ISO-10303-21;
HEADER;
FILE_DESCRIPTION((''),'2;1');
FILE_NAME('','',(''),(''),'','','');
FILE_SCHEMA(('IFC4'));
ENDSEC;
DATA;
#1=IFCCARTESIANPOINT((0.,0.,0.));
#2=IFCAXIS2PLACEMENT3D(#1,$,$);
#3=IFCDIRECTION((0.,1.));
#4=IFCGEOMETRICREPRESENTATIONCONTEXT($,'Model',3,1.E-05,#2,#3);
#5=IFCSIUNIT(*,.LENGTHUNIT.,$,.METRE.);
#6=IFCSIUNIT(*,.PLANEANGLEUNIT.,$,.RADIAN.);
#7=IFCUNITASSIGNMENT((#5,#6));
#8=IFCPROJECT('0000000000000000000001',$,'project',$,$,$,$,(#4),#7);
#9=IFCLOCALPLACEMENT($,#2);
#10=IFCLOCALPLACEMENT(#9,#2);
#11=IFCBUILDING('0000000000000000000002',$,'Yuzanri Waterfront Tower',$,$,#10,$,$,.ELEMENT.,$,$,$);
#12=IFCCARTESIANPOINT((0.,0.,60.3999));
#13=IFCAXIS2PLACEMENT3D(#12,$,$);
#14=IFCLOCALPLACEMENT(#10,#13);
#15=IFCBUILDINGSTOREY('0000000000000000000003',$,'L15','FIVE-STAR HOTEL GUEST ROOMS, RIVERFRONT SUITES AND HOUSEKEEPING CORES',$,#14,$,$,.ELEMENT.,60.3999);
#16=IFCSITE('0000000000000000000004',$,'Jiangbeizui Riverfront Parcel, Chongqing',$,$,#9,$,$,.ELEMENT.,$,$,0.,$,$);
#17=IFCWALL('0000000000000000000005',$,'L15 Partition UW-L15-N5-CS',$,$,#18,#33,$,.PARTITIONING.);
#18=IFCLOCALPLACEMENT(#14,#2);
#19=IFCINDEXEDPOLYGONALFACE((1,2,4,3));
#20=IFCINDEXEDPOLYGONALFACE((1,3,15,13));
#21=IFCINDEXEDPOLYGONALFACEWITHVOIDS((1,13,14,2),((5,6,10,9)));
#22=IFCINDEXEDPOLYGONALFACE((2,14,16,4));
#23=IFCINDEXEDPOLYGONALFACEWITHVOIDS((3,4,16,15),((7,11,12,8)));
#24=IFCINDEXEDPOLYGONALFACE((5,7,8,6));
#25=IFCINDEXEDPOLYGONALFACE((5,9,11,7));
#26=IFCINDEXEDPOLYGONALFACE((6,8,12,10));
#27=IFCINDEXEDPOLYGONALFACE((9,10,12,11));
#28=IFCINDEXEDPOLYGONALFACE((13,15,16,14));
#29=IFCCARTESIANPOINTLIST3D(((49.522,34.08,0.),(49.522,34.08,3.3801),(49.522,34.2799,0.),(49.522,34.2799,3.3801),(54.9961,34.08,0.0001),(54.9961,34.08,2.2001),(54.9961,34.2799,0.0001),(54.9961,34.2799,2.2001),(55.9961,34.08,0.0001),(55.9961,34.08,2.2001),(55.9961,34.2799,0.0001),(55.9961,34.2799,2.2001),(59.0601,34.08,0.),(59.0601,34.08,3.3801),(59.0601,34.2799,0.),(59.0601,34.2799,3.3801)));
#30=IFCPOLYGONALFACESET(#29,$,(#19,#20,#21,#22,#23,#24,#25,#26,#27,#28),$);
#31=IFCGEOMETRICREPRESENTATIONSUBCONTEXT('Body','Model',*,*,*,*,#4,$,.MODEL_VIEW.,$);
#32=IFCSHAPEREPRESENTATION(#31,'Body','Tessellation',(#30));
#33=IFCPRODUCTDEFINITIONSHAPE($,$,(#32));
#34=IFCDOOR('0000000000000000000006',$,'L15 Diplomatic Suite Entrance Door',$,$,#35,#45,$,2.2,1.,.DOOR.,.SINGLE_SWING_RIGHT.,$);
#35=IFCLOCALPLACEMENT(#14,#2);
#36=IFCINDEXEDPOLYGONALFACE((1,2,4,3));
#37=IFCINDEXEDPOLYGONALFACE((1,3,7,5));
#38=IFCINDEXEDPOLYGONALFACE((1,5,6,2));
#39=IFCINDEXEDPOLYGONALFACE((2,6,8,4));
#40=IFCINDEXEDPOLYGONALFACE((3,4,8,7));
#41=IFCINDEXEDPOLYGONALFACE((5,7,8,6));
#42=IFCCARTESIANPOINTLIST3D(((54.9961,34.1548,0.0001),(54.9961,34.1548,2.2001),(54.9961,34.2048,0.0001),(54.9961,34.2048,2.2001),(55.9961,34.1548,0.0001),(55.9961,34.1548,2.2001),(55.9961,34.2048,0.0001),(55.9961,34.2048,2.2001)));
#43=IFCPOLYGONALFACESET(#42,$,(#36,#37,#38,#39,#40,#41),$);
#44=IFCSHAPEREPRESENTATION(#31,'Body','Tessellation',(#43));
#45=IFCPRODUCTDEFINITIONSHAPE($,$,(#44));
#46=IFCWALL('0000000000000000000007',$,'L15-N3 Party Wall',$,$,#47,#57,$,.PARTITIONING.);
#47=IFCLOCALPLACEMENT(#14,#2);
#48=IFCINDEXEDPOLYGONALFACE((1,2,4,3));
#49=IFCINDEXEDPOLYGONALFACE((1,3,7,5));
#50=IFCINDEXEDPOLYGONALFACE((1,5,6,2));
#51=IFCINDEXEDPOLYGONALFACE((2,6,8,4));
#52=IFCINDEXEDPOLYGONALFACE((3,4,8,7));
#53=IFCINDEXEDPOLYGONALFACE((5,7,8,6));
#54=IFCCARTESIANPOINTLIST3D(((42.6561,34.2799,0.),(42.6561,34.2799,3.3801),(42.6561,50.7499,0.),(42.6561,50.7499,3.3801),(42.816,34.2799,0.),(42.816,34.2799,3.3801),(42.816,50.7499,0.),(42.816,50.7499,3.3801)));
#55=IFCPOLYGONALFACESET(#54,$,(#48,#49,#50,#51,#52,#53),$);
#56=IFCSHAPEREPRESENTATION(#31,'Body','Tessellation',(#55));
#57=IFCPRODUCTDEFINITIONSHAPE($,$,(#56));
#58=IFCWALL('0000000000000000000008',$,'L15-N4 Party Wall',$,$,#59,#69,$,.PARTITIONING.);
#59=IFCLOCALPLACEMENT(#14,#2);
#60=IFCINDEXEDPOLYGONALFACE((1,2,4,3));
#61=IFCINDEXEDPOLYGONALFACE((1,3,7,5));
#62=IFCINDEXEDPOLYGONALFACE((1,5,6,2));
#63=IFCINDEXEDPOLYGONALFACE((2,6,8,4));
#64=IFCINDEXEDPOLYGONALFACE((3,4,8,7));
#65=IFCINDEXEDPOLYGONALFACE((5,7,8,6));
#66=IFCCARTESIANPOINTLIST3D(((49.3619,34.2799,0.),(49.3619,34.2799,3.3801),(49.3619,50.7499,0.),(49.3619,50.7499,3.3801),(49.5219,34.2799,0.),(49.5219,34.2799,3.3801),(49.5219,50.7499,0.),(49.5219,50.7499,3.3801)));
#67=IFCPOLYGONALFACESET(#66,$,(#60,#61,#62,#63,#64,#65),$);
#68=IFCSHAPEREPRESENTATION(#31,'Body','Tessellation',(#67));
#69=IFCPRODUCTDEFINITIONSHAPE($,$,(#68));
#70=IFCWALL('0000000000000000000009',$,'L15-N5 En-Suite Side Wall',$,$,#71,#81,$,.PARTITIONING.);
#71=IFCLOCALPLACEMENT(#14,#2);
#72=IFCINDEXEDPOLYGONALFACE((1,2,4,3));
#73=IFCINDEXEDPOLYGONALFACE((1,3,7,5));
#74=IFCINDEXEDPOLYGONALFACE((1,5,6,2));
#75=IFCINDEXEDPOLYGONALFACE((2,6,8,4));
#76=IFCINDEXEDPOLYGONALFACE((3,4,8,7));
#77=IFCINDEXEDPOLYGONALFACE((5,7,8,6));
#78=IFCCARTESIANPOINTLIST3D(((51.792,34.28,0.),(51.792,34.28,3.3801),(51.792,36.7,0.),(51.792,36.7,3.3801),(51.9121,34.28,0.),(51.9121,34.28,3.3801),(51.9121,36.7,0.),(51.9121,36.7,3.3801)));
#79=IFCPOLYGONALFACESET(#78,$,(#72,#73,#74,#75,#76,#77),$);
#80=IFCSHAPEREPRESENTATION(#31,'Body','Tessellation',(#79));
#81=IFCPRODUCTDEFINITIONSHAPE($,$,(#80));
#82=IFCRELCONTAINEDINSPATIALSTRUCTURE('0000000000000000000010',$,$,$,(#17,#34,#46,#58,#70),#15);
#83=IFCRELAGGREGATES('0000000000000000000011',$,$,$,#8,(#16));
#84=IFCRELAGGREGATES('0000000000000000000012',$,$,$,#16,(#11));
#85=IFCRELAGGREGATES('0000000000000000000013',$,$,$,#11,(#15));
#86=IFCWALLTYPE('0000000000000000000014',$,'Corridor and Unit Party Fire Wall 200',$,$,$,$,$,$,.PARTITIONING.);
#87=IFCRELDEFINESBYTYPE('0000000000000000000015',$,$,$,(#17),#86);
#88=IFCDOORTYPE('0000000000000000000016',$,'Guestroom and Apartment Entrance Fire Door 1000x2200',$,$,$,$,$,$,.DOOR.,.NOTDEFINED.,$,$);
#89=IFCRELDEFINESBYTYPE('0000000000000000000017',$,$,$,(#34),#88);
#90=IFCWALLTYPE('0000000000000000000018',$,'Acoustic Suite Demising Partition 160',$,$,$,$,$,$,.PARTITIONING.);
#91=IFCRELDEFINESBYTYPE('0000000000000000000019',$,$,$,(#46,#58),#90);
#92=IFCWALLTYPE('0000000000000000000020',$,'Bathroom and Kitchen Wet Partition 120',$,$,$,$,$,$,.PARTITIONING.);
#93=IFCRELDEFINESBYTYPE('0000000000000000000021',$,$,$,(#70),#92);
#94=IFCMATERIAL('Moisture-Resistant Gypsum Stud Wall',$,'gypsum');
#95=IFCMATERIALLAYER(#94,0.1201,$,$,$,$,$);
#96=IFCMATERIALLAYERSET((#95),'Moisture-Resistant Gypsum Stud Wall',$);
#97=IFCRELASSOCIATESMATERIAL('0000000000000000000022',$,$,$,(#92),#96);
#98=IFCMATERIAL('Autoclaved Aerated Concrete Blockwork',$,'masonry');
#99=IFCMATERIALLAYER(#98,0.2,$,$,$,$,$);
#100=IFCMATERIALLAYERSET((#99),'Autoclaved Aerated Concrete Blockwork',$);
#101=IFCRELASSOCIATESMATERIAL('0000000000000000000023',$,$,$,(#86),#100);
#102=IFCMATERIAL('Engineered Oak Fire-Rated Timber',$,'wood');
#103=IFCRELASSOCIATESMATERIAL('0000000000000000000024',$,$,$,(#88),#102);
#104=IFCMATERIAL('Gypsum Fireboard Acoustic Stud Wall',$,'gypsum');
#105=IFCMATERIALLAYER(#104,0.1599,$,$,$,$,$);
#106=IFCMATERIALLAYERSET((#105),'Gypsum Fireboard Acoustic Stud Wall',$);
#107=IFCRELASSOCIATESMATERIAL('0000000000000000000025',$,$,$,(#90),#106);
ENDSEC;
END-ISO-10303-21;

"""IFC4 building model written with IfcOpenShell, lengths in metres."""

from ifc_helpers import new_model, si_unit, direction, frame, frame_2d, origin, place, context, subcontext, project, spatial, rectangle, extrude, source, transform, mapped, material, layer, layer_set, type_object, element, fill, save


model = new_model("IFC4")

# Units and contexts
model_context = context("Model", 3, precision=1e-05, world=origin(), true_north=direction((0.0, 1.0)))
body_context = subcontext(model_context, "Body", "Model", "MODEL_VIEW")
ifc_project = project(units=[si_unit("LENGTHUNIT", "METRE"), si_unit("PLANEANGLEUNIT", "RADIAN")], contexts=[model_context])

# Site, building, storey
site_placement = place(None, origin())
site = spatial("IfcSite", under=ifc_project, at=site_placement, Name="Jiangbeizui Riverfront Parcel, Chongqing", CompositionType="ELEMENT", RefElevation=0.0)
building_placement = place(site_placement, origin())
building = spatial("IfcBuilding", under=site, at=building_placement, Name="Yuzanri Waterfront Tower", CompositionType="ELEMENT")
storey_placement = place(building_placement, frame((0.0, 0.0, 60.3999)))
storey = spatial("IfcBuildingStorey", under=building, at=storey_placement, Name="L15", Description="FIVE-STAR HOTEL GUEST ROOMS, RIVERFRONT SUITES AND HOUSEKEEPING CORES", CompositionType="ELEMENT", Elevation=60.3999)

# Wall, opening, door
ifc_material_1 = material(Name="Moisture-Resistant Gypsum Stud Wall", Category="gypsum")
ifc_layer_1 = layer(ifc_material_1, 0.1201)
ifc_layer_set_1 = layer_set([ifc_layer_1], Name="Moisture-Resistant Gypsum Stud Wall")
wall_type_1 = type_object("IfcWallType", Name="Bathroom and Kitchen Wet Partition 120", PredefinedType="PARTITIONING", material=ifc_layer_set_1)
ifc_material_2 = material(Name="Autoclaved Aerated Concrete Blockwork", Category="masonry")
ifc_layer_2 = layer(ifc_material_2, 0.2)
ifc_layer_set_2 = layer_set([ifc_layer_2], Name="Autoclaved Aerated Concrete Blockwork")
wall_type_2 = type_object("IfcWallType", Name="Corridor and Unit Party Fire Wall 200", PredefinedType="PARTITIONING", material=ifc_layer_set_2)
ifc_material_3 = material(Name="Engineered Oak Fire-Rated Timber", Category="wood")
door_type_1 = type_object("IfcDoorType", Name="Guestroom and Apartment Entrance Fire Door 1000x2200", OperationType="NOTDEFINED", PredefinedType="DOOR", material=ifc_material_3)
shared_shape_1 = source(origin(), body_context, "Body", "SweptSolid", [
    extrude(rectangle(XDim=1.0, YDim=2.2, at=frame_2d((0.5, 1.1001))), frame((0.0, 0.0249, 0.0), z_axis=(0.0, -1.0, 0.0), x_axis=(1.0, 0.0, 0.0)), (0.0, 0.0, 1.0), 0.05),
])
wall_1_placement = place(storey_placement, frame((49.522, 34.1799, 0.0), z_axis=(0.0, 0.0, 1.0), x_axis=(1.0, 0.0, 0.0)))
wall_1 = element("IfcWall", 1, at=wall_1_placement, inside=storey, type_object=wall_type_2, Name="L15 Partition UW-L15-N5-CS", PredefinedType="PARTITIONING", context=body_context, shape_type="SweptSolid", body=[
    extrude(rectangle(XDim=9.5381, YDim=0.2, at=frame_2d((4.769, 0.0))), origin(), (0.0, 0.0, 1.0), 3.3801),
])
opening_1_placement = place(wall_1_placement, frame((5.4741, 0.0, 0.0)))
opening_1 = element("IfcOpeningElement", 2, at=opening_1_placement, cuts=wall_1, PredefinedType="OPENING", context=body_context, shape_type="SweptSolid", body=[
    extrude(rectangle(XDim=1.0, YDim=2.2, at=frame_2d((0.5, 1.1001))), frame((0.0, 0.1147, 0.0), z_axis=(0.0, -1.0, 0.0), x_axis=(1.0, 0.0, 0.0)), (0.0, 0.0, 1.0), 0.2297),
])
door_1_placement = place(opening_1_placement, origin())
door_1 = element("IfcDoor", 3, at=door_1_placement, inside=storey, type_object=door_type_1, Name="L15 Diplomatic Suite Entrance Door", OperationType="SINGLE_SWING_RIGHT", OverallHeight=2.2, OverallWidth=1.0, PredefinedType="DOOR", context=body_context, shape_type="MappedRepresentation", body=[
    mapped(shared_shape_1, transform((0.0, 0.0, 0.0), scale=1.0)),
])
fill(opening_1, door_1)

# Walls
ifc_material_4 = material(Name="Gypsum Fireboard Acoustic Stud Wall", Category="gypsum")
ifc_layer_3 = layer(ifc_material_4, 0.1599)
ifc_layer_set_3 = layer_set([ifc_layer_3], Name="Gypsum Fireboard Acoustic Stud Wall")
wall_type_3 = type_object("IfcWallType", Name="Acoustic Suite Demising Partition 160", PredefinedType="PARTITIONING", material=ifc_layer_set_3)
shared_shape_2 = source(origin(), body_context, "Body", "SweptSolid", [
    extrude(rectangle(XDim=16.47, YDim=0.1599, at=frame_2d((8.2349, 0.0))), origin(), (0.0, 0.0, 1.0), 3.3801),
])
for number, where, z_axis, x_axis, name in (
    (4, (42.7361, 34.28, 0.0), (0.0, 0.0, 1.0), (0.0, 1.0, 0.0), "L15-N3 Party Wall"),
    (5, (49.4419, 34.28, 0.0), (0.0, 0.0, 1.0), (0.0, 1.0, 0.0), "L15-N4 Party Wall"),
):
    element("IfcWall", number, at=place(storey_placement, frame(where, z_axis=z_axis, x_axis=x_axis)), inside=storey, type_object=wall_type_3, Name=name, PredefinedType="PARTITIONING", context=body_context, shape_type="MappedRepresentation", body=[
        mapped(shared_shape_2, transform((0.0, 0.0, 0.0), scale=1.0)),
    ])
shared_shape_3 = source(origin(), body_context, "Body", "SweptSolid", [
    extrude(rectangle(XDim=2.4199, YDim=0.1201, at=frame_2d((1.21, 0.0))), origin(), (0.0, 0.0, 1.0), 3.3801),
])
wall_2_placement = place(storey_placement, frame((51.8521, 34.28, 0.0), z_axis=(0.0, 0.0, 1.0), x_axis=(0.0, 1.0, 0.0)))
element("IfcWall", 6, at=wall_2_placement, inside=storey, type_object=wall_type_1, Name="L15-N5 En-Suite Side Wall", PredefinedType="PARTITIONING", context=body_context, shape_type="MappedRepresentation", body=[
    mapped(shared_shape_3, transform((0.0, 0.0, 0.0), scale=1.0)),
])

save(model, "model.ifc")
